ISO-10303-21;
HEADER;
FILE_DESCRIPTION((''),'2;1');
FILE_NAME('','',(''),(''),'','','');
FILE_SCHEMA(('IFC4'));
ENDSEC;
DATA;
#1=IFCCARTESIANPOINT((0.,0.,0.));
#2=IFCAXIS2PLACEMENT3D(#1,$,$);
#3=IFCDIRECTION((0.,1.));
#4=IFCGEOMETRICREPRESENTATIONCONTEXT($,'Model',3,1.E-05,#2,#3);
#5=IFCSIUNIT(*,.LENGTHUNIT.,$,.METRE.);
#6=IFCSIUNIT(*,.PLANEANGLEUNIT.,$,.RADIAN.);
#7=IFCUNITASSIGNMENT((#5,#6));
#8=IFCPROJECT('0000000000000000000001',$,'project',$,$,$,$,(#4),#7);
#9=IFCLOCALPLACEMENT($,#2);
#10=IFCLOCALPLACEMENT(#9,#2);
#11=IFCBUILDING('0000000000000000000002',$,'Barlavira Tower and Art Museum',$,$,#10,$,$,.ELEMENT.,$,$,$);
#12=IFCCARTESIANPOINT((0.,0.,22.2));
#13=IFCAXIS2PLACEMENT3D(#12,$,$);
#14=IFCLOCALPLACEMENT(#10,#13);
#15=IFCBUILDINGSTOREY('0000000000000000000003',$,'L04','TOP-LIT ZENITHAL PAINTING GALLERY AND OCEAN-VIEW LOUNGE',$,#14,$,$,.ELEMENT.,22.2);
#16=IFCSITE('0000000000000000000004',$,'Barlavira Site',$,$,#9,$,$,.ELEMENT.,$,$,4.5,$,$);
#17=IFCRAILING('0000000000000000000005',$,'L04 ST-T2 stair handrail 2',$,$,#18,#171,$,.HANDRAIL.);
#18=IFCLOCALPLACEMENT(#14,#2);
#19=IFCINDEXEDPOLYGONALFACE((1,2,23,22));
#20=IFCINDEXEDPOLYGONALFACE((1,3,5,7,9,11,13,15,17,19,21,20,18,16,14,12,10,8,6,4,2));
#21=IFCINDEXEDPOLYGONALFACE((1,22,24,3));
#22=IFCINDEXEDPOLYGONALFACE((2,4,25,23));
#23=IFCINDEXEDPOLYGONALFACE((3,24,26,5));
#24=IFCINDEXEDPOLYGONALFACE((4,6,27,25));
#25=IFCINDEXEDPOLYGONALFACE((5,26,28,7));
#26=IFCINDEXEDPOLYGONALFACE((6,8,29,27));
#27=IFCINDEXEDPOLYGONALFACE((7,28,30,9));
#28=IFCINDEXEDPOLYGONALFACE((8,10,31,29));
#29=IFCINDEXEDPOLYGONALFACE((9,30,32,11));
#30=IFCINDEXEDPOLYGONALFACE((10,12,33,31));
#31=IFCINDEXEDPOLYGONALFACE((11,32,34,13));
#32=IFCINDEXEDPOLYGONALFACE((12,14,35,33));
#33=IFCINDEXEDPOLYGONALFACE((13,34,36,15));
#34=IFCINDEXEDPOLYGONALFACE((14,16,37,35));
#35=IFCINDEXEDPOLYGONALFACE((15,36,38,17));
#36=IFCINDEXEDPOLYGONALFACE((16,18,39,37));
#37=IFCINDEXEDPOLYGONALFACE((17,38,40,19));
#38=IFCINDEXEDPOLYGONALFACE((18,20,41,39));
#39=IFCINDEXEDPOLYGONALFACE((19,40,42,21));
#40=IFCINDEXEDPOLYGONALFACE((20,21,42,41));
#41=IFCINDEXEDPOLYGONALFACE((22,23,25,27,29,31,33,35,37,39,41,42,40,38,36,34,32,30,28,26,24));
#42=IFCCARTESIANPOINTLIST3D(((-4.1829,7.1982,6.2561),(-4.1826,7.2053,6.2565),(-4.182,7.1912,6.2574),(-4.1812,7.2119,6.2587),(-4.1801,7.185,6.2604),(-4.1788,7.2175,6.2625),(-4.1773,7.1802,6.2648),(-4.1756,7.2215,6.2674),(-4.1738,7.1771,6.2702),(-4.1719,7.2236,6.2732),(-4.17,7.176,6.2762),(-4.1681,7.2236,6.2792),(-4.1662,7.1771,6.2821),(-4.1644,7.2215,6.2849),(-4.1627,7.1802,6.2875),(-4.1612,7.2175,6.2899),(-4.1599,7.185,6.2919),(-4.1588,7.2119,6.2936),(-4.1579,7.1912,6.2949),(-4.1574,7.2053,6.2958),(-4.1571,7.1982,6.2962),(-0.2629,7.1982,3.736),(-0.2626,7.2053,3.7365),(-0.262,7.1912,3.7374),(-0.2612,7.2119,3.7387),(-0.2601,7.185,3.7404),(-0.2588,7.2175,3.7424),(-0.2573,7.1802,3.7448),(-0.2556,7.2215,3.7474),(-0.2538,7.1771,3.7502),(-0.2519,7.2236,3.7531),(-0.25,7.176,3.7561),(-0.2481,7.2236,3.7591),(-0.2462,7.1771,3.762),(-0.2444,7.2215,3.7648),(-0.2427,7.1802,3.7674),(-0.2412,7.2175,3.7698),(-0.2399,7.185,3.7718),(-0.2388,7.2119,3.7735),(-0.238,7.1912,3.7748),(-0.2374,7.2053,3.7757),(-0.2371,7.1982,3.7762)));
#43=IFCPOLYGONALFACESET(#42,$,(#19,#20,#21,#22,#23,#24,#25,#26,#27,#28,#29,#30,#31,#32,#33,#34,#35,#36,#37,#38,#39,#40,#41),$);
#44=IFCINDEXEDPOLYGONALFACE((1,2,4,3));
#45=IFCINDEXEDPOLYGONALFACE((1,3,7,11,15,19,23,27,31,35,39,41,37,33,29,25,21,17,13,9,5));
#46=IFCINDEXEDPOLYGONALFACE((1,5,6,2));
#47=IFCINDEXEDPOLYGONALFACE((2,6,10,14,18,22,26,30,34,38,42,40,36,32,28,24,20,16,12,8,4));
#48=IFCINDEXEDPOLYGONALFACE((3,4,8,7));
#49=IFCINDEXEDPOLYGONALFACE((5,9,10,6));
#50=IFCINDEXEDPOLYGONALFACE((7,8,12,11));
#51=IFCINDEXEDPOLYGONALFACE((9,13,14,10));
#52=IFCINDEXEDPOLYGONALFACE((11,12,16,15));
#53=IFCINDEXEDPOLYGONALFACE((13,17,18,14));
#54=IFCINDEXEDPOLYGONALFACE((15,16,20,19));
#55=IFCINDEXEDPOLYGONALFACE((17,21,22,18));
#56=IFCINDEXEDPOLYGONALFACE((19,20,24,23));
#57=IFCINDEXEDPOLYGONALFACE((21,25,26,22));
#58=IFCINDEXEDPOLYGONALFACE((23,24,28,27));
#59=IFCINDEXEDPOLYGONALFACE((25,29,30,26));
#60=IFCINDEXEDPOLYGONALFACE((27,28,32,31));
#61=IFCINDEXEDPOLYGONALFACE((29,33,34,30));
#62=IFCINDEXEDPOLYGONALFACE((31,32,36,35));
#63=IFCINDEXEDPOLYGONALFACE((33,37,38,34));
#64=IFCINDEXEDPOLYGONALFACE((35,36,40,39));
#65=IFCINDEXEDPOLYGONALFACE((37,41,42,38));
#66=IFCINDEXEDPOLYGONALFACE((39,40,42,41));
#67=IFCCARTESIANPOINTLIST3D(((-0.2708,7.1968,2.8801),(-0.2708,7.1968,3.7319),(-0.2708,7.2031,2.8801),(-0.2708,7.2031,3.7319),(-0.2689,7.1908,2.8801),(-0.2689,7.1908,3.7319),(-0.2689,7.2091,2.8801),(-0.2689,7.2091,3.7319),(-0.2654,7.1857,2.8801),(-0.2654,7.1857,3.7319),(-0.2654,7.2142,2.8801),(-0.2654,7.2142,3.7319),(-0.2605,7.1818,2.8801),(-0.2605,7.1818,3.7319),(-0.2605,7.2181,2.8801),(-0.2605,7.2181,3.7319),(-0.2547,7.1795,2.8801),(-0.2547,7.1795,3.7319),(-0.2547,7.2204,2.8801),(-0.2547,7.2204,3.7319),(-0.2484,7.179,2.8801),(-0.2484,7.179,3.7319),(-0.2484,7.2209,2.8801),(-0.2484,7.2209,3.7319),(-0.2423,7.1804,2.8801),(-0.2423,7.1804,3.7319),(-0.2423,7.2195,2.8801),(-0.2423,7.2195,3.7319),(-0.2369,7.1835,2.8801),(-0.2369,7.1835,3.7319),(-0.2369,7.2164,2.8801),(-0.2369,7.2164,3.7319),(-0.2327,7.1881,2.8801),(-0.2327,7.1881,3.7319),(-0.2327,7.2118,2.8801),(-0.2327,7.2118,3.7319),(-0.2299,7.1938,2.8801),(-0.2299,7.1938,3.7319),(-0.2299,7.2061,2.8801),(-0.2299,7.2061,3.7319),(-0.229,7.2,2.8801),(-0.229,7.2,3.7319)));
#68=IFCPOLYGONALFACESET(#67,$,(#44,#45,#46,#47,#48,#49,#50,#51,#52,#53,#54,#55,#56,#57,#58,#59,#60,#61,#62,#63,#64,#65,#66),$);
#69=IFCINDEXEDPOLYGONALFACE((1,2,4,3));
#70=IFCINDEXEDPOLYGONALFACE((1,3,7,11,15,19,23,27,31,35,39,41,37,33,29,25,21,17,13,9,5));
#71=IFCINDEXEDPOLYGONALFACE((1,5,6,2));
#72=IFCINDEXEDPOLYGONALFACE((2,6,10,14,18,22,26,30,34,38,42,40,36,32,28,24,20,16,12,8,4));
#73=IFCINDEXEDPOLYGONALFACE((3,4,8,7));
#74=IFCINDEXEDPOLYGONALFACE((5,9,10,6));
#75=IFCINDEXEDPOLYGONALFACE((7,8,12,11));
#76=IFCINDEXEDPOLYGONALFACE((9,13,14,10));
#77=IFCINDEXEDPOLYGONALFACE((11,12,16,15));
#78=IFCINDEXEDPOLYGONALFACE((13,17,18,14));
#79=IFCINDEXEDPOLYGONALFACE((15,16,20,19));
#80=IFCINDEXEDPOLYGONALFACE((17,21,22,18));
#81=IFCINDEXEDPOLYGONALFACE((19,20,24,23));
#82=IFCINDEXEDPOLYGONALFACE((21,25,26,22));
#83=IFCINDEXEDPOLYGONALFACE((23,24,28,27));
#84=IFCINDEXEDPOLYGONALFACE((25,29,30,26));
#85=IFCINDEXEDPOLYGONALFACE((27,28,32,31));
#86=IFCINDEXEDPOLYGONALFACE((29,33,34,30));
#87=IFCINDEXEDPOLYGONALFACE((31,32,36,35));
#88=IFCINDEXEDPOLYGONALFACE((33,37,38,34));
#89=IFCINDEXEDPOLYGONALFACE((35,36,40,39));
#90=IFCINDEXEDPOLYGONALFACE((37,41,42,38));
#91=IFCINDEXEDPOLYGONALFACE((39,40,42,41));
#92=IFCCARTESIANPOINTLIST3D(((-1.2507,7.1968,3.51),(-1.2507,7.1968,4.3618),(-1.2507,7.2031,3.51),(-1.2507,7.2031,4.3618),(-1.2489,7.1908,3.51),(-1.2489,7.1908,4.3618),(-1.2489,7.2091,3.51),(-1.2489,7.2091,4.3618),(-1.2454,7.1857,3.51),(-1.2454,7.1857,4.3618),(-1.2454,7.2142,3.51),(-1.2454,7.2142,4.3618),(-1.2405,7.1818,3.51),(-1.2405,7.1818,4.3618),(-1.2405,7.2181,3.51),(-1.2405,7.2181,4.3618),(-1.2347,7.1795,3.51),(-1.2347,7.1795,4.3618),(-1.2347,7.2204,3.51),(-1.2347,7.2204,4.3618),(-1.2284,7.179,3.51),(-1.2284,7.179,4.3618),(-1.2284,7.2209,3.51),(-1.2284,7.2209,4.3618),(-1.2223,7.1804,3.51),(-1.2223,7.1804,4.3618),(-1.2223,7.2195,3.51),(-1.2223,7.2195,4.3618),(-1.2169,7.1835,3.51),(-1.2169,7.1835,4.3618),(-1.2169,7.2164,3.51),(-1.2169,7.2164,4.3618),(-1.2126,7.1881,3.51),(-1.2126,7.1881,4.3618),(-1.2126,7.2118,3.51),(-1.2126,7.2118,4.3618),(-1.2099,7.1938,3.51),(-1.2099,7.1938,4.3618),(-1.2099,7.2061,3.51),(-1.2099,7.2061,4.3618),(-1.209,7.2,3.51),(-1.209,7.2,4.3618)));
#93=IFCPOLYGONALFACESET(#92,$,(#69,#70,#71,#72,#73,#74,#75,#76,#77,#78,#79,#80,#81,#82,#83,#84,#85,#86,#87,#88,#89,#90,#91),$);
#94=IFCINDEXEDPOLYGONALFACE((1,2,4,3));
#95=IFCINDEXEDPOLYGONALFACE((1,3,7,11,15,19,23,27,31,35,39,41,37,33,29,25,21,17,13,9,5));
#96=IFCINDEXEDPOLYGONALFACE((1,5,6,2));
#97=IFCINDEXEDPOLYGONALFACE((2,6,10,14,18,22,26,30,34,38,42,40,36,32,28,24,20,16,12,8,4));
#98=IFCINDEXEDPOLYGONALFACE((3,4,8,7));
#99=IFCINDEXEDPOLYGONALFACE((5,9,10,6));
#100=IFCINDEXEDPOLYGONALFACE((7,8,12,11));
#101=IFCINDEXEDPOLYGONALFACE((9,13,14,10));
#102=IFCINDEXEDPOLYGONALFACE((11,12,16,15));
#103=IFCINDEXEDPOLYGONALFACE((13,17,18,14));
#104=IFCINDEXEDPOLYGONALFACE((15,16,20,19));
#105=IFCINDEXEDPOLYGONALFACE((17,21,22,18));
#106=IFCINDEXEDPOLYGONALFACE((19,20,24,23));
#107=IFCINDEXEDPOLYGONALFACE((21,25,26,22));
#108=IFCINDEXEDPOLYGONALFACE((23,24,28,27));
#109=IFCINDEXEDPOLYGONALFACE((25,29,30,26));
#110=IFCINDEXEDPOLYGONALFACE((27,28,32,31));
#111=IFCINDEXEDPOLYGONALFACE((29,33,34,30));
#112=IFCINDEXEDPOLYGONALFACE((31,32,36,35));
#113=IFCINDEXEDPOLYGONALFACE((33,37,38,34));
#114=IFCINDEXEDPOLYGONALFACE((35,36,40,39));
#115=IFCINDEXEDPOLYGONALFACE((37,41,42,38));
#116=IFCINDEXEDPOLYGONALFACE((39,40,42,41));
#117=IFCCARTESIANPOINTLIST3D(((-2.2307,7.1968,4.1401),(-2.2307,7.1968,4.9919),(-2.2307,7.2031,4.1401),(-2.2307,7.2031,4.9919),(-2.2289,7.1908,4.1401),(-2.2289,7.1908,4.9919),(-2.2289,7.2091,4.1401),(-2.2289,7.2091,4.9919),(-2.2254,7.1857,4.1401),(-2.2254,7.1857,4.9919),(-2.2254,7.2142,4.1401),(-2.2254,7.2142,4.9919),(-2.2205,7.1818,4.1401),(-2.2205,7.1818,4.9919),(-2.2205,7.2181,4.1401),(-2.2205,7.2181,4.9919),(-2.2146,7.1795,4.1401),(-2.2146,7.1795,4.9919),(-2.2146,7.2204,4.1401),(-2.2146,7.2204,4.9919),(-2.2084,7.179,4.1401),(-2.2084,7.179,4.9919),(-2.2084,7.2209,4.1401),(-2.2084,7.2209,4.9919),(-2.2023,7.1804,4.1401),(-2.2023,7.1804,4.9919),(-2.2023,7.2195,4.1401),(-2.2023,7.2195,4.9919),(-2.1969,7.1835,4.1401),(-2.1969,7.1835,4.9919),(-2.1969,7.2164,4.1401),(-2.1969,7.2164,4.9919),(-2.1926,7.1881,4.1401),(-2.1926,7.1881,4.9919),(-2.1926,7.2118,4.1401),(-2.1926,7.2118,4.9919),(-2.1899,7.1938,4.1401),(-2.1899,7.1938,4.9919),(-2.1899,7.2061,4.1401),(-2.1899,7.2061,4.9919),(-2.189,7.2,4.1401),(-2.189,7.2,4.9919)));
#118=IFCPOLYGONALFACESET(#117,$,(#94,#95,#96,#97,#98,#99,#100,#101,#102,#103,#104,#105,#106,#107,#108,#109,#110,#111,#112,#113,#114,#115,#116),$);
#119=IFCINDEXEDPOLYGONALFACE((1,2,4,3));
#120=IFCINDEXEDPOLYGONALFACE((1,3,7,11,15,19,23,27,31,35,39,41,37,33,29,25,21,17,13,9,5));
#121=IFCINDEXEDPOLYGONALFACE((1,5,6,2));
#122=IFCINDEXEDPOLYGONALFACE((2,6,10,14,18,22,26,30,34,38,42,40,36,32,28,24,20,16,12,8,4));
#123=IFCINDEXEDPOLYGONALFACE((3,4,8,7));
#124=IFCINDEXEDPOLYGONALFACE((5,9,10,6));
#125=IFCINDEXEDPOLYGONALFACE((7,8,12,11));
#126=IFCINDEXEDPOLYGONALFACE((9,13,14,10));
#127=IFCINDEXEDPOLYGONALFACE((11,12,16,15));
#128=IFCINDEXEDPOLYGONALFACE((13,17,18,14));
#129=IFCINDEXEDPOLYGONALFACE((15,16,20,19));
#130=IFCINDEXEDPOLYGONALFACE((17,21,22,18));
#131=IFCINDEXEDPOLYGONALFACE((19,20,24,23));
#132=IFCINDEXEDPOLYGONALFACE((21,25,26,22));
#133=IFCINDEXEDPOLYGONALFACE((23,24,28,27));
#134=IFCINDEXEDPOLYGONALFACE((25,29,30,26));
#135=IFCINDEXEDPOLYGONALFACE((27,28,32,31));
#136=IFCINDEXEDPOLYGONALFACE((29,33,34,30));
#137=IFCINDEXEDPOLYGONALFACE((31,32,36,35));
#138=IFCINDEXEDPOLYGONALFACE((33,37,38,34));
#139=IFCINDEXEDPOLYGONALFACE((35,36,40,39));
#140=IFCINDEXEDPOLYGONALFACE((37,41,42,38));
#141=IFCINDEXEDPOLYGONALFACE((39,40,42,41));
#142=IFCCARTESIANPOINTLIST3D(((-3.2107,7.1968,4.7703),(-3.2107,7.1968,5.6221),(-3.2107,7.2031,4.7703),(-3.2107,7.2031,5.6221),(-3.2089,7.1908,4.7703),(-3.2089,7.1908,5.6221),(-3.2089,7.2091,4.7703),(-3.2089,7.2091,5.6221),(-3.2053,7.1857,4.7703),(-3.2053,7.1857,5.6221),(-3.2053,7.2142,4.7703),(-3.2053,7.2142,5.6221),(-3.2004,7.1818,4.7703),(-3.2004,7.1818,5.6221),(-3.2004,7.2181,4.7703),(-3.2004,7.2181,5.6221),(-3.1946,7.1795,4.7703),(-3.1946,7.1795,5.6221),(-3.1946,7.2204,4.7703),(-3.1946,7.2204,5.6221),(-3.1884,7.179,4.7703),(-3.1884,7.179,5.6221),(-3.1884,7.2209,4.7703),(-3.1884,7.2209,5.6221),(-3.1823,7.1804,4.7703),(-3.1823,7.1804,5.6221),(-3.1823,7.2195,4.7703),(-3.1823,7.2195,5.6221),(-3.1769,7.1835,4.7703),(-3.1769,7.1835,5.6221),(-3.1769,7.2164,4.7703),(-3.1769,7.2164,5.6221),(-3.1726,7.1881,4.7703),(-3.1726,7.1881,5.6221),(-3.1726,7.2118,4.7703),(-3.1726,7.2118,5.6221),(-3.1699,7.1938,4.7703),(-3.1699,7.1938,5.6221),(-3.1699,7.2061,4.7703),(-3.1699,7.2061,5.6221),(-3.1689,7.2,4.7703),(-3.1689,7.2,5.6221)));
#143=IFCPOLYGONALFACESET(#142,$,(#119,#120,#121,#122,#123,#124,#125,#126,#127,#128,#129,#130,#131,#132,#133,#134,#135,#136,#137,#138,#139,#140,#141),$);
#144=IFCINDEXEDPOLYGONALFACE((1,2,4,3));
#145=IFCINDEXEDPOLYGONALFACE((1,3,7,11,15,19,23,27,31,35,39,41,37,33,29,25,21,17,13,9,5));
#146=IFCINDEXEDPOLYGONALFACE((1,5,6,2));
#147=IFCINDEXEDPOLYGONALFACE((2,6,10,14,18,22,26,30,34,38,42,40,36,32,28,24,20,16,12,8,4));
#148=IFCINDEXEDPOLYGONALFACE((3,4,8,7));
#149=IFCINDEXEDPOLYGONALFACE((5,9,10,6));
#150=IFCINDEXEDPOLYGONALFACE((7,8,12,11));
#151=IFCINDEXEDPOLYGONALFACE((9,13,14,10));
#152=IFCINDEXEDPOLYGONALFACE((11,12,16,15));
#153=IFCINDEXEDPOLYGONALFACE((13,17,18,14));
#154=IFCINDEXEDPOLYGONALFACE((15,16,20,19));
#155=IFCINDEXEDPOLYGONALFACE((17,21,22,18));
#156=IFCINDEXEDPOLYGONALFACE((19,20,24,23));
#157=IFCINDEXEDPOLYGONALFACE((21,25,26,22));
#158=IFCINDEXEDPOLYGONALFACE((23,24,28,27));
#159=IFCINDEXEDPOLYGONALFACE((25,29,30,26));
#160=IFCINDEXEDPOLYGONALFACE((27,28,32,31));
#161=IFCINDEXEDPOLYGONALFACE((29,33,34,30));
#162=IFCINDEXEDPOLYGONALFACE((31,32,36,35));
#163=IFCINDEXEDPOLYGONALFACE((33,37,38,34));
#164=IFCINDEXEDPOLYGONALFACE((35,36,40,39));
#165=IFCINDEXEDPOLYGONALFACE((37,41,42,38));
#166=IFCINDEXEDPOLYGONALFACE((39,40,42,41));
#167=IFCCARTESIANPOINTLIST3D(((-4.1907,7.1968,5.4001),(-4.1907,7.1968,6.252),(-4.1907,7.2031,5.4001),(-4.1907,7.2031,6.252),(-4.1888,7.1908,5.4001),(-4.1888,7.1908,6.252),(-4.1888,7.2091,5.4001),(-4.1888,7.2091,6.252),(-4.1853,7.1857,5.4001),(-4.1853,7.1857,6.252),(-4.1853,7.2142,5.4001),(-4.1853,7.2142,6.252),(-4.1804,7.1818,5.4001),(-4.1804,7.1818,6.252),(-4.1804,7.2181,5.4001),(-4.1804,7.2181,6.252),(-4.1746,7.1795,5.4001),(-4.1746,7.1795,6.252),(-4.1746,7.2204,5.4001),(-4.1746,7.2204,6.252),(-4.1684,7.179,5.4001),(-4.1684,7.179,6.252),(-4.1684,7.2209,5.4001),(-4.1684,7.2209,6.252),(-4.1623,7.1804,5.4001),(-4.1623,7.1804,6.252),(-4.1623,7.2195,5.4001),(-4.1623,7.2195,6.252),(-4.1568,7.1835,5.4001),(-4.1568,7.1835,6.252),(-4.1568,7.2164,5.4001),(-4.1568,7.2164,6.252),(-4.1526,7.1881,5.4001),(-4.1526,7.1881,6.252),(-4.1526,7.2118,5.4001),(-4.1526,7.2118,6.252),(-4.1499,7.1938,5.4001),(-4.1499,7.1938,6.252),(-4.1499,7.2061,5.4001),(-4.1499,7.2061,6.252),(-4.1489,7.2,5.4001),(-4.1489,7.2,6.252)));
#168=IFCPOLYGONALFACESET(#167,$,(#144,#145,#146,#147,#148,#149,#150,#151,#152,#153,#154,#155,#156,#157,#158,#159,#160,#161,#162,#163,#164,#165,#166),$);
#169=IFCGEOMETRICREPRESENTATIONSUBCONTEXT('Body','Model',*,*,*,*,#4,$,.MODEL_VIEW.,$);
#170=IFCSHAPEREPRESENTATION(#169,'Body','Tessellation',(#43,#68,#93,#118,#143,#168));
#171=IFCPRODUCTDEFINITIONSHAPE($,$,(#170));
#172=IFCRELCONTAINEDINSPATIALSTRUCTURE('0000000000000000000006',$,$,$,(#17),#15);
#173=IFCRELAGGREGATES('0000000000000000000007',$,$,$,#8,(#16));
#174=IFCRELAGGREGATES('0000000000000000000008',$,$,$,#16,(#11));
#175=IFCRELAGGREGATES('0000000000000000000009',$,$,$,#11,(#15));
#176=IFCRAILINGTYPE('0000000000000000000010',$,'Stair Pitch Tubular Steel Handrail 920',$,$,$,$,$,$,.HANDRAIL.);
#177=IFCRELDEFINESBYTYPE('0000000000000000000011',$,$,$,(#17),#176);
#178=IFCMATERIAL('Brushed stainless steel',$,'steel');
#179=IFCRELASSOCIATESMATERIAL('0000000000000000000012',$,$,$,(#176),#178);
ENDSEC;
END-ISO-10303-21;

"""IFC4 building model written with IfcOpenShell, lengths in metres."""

from ifc_helpers import new_model, si_unit, direction, frame, origin, origin_2d, place, context, subcontext, project, spatial, circle, extrude, material, type_object, element, save


model = new_model("IFC4")

# Units and contexts
model_context = context("Model", 3, precision=1e-05, world=origin(), true_north=direction((0.0, 1.0)))
body_context = subcontext(model_context, "Body", "Model", "MODEL_VIEW")
ifc_project = project(units=[si_unit("LENGTHUNIT", "METRE"), si_unit("PLANEANGLEUNIT", "RADIAN")], contexts=[model_context])

# Site, building, storey
site_placement = place(None, origin())
site = spatial("IfcSite", under=ifc_project, at=site_placement, Name="Barlavira Site", CompositionType="ELEMENT", RefElevation=4.5)
building_placement = place(site_placement, origin())
building = spatial("IfcBuilding", under=site, at=building_placement, Name="Barlavira Tower and Art Museum", CompositionType="ELEMENT")
storey_placement = place(building_placement, frame((0.0, 0.0, 22.2)))
storey = spatial("IfcBuildingStorey", under=building, at=storey_placement, Name="L04", Description="TOP-LIT ZENITHAL PAINTING GALLERY AND OCEAN-VIEW LOUNGE", CompositionType="ELEMENT", Elevation=22.2)

# Shared definitions
ifc_material_1 = material(Name="Brushed stainless steel", Category="steel")

# Railing
railing_type_1 = type_object("IfcRailingType", Name="Stair Pitch Tubular Steel Handrail 920", PredefinedType="HANDRAIL", material=ifc_material_1)
railing_1_placement = place(storey_placement, frame((-0.25, 7.2, 2.8801)))
element("IfcRailing", 1, at=railing_1_placement, inside=storey, type_object=railing_type_1, Name="L04 ST-T2 stair handrail 2", PredefinedType="HANDRAIL", context=body_context, shape_type="SweptSolid", body=[
    extrude(circle(Radius=0.0239, at=origin_2d()), frame((0.0, 0.0, 0.876), z_axis=(-0.841172, 0.0, 0.540768), x_axis=(0.0, -1.0, 0.0)), (0.0, 0.0, 1.0), 4.6602),
    extrude(circle(Radius=0.021, at=origin_2d()), origin(), (0.0, 0.0, 1.0), 0.8518),
    extrude(circle(Radius=0.021, at=origin_2d()), frame((-0.98, 0.0, 0.6299)), (0.0, 0.0, 1.0), 0.8518),
    extrude(circle(Radius=0.021, at=origin_2d()), frame((-1.96, 0.0, 1.26)), (0.0, 0.0, 1.0), 0.8518),
    extrude(circle(Radius=0.021, at=origin_2d()), frame((-2.9399, 0.0, 1.8901)), (0.0, 0.0, 1.0), 0.8518),
    extrude(circle(Radius=0.021, at=origin_2d()), frame((-3.9199, 0.0, 2.52)), (0.0, 0.0, 1.0), 0.8518),
])

save(model, "model.ifc")
